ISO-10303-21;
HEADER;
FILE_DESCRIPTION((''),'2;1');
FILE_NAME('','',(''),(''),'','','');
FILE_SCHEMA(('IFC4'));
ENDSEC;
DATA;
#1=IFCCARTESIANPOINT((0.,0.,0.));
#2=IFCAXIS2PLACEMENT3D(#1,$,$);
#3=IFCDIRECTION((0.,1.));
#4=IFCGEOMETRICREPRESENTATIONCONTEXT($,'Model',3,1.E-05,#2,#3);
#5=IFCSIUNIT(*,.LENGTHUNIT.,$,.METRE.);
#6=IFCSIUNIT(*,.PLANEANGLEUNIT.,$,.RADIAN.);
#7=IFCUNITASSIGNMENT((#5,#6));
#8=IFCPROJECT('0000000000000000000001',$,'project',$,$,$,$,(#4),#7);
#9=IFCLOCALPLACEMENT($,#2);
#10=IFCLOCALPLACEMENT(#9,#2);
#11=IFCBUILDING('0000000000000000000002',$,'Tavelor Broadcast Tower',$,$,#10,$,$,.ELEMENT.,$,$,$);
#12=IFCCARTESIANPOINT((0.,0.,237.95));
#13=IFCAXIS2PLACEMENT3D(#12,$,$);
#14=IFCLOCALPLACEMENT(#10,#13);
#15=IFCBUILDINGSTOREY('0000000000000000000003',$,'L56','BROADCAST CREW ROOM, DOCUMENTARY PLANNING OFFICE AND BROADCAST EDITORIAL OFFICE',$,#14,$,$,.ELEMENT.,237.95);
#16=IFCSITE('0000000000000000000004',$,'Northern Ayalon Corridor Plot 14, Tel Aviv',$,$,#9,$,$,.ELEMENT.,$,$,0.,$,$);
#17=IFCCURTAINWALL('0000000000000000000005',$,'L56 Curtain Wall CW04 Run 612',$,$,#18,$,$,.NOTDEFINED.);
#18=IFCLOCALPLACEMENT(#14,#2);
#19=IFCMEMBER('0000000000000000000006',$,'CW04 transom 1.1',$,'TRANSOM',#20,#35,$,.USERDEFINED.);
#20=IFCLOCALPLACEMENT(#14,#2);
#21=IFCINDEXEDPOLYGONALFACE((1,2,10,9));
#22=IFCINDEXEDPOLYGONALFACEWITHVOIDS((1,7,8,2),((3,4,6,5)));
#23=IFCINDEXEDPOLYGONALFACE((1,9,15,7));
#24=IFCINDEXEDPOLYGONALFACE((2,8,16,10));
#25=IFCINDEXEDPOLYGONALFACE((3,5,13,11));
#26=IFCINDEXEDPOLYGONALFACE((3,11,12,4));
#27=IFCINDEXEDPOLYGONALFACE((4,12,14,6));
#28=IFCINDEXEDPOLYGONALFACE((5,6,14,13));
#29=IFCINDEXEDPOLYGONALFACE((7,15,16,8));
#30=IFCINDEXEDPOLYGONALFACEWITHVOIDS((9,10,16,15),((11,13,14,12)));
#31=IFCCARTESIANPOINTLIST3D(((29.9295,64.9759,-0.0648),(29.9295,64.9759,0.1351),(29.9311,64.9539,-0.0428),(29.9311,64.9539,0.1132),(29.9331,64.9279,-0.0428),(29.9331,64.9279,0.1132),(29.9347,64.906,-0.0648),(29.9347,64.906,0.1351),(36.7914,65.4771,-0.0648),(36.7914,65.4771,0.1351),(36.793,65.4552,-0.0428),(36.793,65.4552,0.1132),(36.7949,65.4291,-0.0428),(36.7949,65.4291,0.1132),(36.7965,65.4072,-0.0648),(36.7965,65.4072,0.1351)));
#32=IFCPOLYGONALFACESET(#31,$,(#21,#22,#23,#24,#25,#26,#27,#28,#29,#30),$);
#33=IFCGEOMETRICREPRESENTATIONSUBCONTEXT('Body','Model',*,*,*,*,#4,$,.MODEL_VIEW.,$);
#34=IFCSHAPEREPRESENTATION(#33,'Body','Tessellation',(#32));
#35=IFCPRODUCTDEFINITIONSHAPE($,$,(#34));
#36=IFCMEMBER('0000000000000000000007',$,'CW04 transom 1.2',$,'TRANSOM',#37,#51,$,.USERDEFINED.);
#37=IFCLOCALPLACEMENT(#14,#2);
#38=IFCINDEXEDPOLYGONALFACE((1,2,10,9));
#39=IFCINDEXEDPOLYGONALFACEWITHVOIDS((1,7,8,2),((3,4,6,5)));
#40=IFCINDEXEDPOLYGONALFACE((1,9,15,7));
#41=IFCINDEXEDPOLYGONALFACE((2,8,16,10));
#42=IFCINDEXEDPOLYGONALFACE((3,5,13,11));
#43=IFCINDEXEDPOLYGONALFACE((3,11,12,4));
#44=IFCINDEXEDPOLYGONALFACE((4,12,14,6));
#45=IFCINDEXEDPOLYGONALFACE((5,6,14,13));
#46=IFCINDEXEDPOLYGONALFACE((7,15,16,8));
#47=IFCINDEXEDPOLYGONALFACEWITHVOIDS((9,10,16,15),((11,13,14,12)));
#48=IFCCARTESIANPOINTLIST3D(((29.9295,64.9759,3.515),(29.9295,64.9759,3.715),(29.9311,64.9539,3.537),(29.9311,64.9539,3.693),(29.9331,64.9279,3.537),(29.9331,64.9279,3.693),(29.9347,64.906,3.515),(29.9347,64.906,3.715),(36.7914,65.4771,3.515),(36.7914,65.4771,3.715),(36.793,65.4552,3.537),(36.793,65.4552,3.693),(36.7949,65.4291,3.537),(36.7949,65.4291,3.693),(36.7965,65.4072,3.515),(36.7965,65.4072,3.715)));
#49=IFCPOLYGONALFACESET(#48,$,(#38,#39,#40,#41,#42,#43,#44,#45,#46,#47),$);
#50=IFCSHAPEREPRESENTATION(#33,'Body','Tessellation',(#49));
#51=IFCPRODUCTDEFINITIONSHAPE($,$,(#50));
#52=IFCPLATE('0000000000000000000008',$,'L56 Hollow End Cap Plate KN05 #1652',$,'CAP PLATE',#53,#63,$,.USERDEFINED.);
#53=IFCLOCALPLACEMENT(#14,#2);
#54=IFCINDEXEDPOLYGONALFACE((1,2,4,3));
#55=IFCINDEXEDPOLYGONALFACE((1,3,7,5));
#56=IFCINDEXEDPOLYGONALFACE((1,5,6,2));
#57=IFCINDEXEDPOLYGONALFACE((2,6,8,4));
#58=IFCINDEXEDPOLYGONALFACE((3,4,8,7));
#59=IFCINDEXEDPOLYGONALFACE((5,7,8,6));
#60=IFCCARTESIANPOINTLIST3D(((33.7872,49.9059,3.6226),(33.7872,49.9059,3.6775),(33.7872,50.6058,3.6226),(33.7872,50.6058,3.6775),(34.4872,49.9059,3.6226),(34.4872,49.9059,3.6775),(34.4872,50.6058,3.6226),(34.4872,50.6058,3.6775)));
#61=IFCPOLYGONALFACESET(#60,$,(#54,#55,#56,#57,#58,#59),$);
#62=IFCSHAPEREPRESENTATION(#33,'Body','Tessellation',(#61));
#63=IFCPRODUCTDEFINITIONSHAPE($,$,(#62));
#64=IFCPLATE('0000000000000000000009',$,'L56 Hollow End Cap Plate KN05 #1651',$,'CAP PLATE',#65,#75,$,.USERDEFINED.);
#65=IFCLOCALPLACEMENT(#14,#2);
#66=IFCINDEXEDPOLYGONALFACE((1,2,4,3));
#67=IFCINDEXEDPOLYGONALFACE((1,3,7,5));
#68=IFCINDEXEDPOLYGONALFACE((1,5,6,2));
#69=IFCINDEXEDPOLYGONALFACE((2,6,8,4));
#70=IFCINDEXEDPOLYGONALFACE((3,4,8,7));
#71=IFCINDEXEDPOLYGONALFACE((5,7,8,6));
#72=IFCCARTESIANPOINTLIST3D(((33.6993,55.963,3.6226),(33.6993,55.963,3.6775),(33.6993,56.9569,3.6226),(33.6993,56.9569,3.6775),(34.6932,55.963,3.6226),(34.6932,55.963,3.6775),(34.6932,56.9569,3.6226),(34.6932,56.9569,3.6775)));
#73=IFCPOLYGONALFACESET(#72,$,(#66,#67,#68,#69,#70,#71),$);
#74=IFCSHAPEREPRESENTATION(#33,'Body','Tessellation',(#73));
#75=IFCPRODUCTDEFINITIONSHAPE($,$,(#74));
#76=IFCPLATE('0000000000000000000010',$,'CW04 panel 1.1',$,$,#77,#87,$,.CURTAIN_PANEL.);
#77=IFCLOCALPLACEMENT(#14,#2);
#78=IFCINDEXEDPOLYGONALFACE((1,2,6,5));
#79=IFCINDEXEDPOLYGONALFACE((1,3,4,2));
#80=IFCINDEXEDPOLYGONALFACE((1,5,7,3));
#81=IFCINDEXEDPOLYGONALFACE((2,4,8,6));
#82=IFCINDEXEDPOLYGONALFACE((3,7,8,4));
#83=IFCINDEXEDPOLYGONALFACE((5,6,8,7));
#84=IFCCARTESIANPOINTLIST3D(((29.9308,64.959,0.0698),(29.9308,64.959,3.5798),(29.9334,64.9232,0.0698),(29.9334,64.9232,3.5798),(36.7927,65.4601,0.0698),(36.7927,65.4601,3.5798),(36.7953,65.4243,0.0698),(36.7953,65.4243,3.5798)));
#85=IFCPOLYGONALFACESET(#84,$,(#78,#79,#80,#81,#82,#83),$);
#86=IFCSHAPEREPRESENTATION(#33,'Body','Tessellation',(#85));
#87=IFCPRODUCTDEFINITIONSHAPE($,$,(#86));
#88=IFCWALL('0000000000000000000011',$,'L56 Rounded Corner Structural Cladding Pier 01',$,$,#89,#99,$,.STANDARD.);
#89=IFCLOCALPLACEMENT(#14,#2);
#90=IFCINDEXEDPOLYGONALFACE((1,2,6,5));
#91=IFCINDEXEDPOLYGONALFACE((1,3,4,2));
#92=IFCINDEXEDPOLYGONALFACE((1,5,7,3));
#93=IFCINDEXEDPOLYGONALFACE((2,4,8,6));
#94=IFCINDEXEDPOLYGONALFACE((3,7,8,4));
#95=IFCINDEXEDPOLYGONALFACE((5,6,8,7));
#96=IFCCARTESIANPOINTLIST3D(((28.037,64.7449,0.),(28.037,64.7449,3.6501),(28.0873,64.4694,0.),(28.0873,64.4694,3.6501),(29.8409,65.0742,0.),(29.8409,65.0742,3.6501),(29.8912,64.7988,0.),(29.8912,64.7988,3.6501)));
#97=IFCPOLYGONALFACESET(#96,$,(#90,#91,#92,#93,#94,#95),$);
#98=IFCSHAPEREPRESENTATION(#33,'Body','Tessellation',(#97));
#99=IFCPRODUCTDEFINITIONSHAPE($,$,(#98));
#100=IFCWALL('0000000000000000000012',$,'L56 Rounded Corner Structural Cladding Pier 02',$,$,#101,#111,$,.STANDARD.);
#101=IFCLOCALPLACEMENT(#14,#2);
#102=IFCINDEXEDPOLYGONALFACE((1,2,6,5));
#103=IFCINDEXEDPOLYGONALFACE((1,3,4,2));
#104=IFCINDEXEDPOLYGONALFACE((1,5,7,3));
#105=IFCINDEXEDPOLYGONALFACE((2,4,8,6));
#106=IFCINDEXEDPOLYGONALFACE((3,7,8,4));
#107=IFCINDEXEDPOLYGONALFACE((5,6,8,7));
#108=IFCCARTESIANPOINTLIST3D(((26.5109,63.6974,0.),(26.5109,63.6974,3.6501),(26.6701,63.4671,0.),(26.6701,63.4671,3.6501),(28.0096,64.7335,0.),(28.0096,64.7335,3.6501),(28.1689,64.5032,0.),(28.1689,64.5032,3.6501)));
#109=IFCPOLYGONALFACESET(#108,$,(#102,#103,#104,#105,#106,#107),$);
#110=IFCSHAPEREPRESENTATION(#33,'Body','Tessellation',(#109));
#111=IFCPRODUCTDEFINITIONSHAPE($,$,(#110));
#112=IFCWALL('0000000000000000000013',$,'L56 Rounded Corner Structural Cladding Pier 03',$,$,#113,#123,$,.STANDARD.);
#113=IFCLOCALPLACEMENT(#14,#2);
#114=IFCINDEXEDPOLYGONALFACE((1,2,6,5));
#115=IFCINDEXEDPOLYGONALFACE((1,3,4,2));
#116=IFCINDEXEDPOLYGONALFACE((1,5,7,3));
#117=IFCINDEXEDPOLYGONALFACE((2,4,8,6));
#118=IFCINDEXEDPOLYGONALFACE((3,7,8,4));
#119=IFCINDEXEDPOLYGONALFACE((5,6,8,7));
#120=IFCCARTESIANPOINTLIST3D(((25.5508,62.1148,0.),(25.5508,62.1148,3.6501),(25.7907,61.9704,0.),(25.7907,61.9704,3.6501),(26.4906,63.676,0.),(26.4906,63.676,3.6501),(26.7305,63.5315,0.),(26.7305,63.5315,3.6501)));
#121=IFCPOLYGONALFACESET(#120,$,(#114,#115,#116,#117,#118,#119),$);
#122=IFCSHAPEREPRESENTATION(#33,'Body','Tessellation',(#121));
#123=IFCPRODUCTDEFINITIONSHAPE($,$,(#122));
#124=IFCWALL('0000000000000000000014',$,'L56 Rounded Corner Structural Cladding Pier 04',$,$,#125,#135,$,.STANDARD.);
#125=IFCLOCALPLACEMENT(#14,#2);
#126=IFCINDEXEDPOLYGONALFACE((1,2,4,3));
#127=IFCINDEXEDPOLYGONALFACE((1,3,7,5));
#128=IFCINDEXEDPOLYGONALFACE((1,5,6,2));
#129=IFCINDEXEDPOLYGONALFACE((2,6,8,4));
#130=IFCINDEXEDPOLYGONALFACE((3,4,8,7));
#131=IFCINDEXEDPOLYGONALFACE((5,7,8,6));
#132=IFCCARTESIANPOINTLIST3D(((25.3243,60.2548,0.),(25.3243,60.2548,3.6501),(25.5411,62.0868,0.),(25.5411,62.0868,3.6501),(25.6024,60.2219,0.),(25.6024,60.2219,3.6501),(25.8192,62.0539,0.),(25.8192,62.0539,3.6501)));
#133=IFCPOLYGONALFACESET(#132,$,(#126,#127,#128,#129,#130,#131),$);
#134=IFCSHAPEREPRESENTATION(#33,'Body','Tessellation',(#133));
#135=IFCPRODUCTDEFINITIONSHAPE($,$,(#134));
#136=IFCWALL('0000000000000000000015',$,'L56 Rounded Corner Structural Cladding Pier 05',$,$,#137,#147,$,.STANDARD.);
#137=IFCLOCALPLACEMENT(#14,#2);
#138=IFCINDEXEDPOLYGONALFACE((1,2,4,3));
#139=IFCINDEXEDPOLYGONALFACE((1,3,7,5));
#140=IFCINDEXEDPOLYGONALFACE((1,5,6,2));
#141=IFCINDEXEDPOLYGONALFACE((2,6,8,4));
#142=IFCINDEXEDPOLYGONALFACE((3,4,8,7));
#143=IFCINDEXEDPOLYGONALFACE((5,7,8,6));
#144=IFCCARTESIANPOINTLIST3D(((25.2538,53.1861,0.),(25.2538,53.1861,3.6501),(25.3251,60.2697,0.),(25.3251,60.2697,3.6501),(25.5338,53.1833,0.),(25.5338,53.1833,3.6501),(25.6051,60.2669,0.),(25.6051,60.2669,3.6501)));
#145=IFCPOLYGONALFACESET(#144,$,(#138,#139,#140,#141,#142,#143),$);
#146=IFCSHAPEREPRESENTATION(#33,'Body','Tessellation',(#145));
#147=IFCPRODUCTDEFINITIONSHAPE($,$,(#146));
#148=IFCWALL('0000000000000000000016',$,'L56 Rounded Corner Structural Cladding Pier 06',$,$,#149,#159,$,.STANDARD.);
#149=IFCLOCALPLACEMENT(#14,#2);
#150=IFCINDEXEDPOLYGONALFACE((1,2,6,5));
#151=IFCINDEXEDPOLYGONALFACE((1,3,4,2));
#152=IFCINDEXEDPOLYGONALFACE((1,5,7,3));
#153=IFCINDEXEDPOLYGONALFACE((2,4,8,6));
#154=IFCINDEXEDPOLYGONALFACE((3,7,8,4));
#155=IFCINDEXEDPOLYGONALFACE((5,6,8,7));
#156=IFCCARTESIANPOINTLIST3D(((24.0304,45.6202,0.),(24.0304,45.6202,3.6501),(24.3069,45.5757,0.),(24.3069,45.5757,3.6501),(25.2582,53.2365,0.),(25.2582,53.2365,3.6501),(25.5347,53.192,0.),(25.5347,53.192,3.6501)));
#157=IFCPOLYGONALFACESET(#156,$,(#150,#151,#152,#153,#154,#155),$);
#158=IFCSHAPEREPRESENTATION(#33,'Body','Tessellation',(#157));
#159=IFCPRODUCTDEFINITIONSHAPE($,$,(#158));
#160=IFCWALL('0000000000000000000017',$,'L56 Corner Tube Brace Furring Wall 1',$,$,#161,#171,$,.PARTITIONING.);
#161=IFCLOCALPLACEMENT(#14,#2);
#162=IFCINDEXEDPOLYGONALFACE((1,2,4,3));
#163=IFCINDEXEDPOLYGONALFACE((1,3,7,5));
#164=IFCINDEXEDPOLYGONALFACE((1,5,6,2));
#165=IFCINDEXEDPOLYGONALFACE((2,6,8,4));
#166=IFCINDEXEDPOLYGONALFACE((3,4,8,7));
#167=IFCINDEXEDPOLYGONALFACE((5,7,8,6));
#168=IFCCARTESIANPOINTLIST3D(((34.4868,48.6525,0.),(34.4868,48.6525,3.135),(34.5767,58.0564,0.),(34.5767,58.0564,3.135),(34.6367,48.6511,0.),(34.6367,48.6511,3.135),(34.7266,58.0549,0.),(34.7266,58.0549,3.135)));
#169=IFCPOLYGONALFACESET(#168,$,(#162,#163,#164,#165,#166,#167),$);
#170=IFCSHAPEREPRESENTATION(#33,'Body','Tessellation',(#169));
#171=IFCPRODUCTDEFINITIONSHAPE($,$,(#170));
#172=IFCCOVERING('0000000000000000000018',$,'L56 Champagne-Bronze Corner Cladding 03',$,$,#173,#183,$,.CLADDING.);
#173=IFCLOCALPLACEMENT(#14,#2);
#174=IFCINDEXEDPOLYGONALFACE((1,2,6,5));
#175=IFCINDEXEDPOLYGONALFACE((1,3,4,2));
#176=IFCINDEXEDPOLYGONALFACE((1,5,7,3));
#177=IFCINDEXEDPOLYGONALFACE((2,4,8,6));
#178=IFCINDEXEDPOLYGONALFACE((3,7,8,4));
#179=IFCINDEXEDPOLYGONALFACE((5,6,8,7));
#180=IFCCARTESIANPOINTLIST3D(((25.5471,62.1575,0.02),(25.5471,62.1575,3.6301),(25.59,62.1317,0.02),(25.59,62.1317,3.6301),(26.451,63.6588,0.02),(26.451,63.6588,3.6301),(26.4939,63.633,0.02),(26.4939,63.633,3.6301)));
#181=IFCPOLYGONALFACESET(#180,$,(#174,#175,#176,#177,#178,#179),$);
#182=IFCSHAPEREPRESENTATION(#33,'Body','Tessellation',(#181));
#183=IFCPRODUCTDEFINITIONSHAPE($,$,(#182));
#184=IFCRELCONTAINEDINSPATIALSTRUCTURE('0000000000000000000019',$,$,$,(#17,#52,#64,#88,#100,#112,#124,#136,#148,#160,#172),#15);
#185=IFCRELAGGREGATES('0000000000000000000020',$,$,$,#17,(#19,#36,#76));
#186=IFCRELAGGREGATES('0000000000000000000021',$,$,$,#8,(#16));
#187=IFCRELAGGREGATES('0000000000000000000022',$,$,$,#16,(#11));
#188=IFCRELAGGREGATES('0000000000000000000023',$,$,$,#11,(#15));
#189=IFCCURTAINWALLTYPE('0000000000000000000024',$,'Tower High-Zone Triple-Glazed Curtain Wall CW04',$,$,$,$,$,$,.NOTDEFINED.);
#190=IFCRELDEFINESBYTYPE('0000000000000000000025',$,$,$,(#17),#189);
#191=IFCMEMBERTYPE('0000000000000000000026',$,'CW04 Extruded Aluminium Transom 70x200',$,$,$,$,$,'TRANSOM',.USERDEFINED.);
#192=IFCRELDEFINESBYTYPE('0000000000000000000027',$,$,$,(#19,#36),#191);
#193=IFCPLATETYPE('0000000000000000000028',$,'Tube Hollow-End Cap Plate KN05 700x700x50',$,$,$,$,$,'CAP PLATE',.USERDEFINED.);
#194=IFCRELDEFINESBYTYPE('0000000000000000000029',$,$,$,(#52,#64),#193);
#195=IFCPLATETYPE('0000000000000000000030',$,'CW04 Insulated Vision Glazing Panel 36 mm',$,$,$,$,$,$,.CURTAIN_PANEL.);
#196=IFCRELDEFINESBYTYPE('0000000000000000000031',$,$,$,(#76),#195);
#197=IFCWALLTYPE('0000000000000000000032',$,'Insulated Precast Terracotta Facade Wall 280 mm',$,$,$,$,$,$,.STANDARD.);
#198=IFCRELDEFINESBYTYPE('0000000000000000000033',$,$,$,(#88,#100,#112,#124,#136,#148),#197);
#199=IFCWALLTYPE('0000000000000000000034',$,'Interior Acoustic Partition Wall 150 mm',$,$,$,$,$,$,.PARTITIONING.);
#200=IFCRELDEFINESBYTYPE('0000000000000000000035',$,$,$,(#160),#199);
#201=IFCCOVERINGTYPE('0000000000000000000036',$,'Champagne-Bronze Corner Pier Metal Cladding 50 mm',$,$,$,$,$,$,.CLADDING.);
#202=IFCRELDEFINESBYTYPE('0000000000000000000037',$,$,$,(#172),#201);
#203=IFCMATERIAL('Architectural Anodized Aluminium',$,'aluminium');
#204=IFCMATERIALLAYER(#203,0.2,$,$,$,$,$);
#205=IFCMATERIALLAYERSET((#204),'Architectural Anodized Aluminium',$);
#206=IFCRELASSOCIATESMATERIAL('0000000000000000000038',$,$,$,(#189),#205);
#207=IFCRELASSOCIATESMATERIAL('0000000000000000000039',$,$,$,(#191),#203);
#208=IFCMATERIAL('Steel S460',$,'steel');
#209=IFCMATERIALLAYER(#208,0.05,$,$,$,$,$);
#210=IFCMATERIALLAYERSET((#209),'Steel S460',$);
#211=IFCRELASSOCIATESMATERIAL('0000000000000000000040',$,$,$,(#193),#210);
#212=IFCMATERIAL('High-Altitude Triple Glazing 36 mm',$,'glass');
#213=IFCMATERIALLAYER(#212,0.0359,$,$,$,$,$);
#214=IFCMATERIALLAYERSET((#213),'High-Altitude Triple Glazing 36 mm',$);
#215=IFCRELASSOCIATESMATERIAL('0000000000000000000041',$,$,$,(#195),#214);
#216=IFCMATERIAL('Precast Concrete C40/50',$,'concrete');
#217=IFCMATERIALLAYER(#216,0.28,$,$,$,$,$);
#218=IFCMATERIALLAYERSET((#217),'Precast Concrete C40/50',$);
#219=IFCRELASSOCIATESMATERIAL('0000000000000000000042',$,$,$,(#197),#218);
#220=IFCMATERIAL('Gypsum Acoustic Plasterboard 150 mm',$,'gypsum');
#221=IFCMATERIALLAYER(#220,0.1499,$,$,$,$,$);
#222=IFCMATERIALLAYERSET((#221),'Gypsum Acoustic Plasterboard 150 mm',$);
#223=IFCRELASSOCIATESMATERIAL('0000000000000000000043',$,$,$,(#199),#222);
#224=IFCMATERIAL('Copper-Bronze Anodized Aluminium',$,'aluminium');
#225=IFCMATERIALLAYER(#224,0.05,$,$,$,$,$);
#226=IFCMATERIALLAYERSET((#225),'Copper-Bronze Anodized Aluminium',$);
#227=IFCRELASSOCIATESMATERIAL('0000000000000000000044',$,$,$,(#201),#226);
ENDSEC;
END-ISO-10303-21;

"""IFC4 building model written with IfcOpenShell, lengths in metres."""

from ifc_helpers import new_model, si_unit, direction, frame, frame_2d, origin, origin_2d, place, context, subcontext, project, spatial, rectangle, hollow_rectangle, extrude, source, transform, mapped, material, layer, layer_set, material_profile, profile_set, type_object, type_shapes, element, aggregate, save


model = new_model("IFC4")

# Units and contexts
model_context = context("Model", 3, precision=1e-05, world=origin(), true_north=direction((0.0, 1.0)))
body_context = subcontext(model_context, "Body", "Model", "MODEL_VIEW")
ifc_project = project(units=[si_unit("LENGTHUNIT", "METRE"), si_unit("PLANEANGLEUNIT", "RADIAN")], contexts=[model_context])

# Site, building, storey
site_placement = place(None, origin())
site = spatial("IfcSite", under=ifc_project, at=site_placement, Name="Northern Ayalon Corridor Plot 14, Tel Aviv", CompositionType="ELEMENT", RefElevation=0.0)
building_placement = place(site_placement, origin())
building = spatial("IfcBuilding", under=site, at=building_placement, Name="Tavelor Broadcast Tower", CompositionType="ELEMENT")
storey_placement = place(building_placement, frame((0.0, 0.0, 237.95)))
storey = spatial("IfcBuildingStorey", under=building, at=storey_placement, Name="L56", Description="BROADCAST CREW ROOM, DOCUMENTARY PLANNING OFFICE AND BROADCAST EDITORIAL OFFICE", CompositionType="ELEMENT", Elevation=237.95)

# Shared definitions
ifc_material_1 = material(Name="Steel S460", Category="steel")

# Curtain wall, members
ifc_material_2 = material(Name="Architectural Anodized Aluminium", Category="aluminium")
ifc_layer_1 = layer(ifc_material_2, 0.2)
ifc_layer_set_1 = layer_set([ifc_layer_1], Name="Architectural Anodized Aluminium")
curtain_wall_type = type_object("IfcCurtainWallType", Name="Tower High-Zone Triple-Glazed Curtain Wall CW04", PredefinedType="NOTDEFINED", material=ifc_layer_set_1)
curtain_wall_placement = place(storey_placement, origin())
curtain_wall = element("IfcCurtainWall", 1, at=curtain_wall_placement, inside=storey, type_object=curtain_wall_type, Name="L56 Curtain Wall CW04 Run 612", PredefinedType="NOTDEFINED")
ifc_material_profile_1 = material_profile(ifc_material_2, hollow_rectangle(XDim=0.0701, YDim=0.2, WallThickness=0.022, at=origin_2d()), Name="RHS 70x200x22")
ifc_profile_set_1 = profile_set([ifc_material_profile_1], Name="Architectural Anodized Aluminium")
member_type_1 = type_object("IfcMemberType", Name="CW04 Extruded Aluminium Transom 70x200", ElementType="TRANSOM", PredefinedType="USERDEFINED", material=ifc_profile_set_1)
shared_shape_1 = source(origin(), body_context, "Body", "SweptSolid", [
    extrude(hollow_rectangle(XDim=0.0701, YDim=0.2, WallThickness=0.022, at=origin_2d()), origin(), (0.0, 0.0, 1.0), 6.8801),
])
type_shapes(member_type_1, [shared_shape_1])
member_1_placement = place(storey_placement, frame((36.7939, 65.4421, 0.0352), z_axis=(-0.997343, -0.072851, 0.0), x_axis=(0.072851, -0.997343, 0.0)))
member_1 = element("IfcMember", 2, at=member_1_placement, type_object=member_type_1, Name="CW04 transom 1.1", ObjectType="TRANSOM", PredefinedType="USERDEFINED", context=body_context, shape_type="MappedRepresentation", body=[
    mapped(shared_shape_1, transform((0.0, 0.0, 0.0), scale=1.0)),
])
member_2_placement = place(storey_placement, frame((36.7939, 65.4421, 3.615), z_axis=(-0.997343, -0.072851, 0.0), x_axis=(0.072851, -0.997343, 0.0)))
member_2 = element("IfcMember", 3, at=member_2_placement, type_object=member_type_1, Name="CW04 transom 1.2", ObjectType="TRANSOM", PredefinedType="USERDEFINED", context=body_context, shape_type="MappedRepresentation", body=[
    mapped(shared_shape_1, transform((0.0, 0.0, 0.0), scale=1.0)),
])

# Plates
ifc_layer_2 = layer(ifc_material_1, 0.05)
ifc_layer_set_2 = layer_set([ifc_layer_2], Name="Steel S460")
plate_type_1 = type_object("IfcPlateType", Name="Tube Hollow-End Cap Plate KN05 700x700x50", ElementType="CAP PLATE", PredefinedType="USERDEFINED", material=ifc_layer_set_2)
shared_shape_2 = source(origin(), body_context, "Body", "SweptSolid", [
    extrude(rectangle(XDim=0.7, YDim=0.7, at=origin_2d()), origin(), (0.0, 0.0, 1.0), 0.0549),
])
plate_1_placement = place(storey_placement, frame((34.1372, 50.2559, 3.6226), z_axis=(0.0, 0.0, 1.0), x_axis=(1.0, 0.0, 0.0)))
element("IfcPlate", 4, at=plate_1_placement, inside=storey, type_object=plate_type_1, Name="L56 Hollow End Cap Plate KN05 #1652", ObjectType="CAP PLATE", PredefinedType="USERDEFINED", context=body_context, shape_type="MappedRepresentation", body=[
    mapped(shared_shape_2, transform((0.0, 0.0, 0.0), scale=1.0)),
])
shared_shape_3 = source(origin(), body_context, "Body", "SweptSolid", [
    extrude(rectangle(XDim=0.9939, YDim=0.9939, at=origin_2d()), origin(), (0.0, 0.0, 1.0), 0.0549),
])
type_shapes(plate_type_1, [shared_shape_2, shared_shape_3])
plate_2_placement = place(storey_placement, frame((34.1963, 56.46, 3.6226), z_axis=(0.0, 0.0, 1.0), x_axis=(1.0, 0.0, 0.0)))
element("IfcPlate", 5, at=plate_2_placement, inside=storey, type_object=plate_type_1, Name="L56 Hollow End Cap Plate KN05 #1651", ObjectType="CAP PLATE", PredefinedType="USERDEFINED", context=body_context, shape_type="MappedRepresentation", body=[
    mapped(shared_shape_3, transform((0.0, 0.0, 0.0), scale=1.0)),
])

# Plate
ifc_material_3 = material(Name="High-Altitude Triple Glazing 36 mm", Category="glass")
ifc_layer_3 = layer(ifc_material_3, 0.0359)
ifc_layer_set_3 = layer_set([ifc_layer_3], Name="High-Altitude Triple Glazing 36 mm")
plate_type_2 = type_object("IfcPlateType", Name="CW04 Insulated Vision Glazing Panel 36 mm", PredefinedType="CURTAIN_PANEL", material=ifc_layer_set_3)
shared_shape_4 = source(origin(), body_context, "Body", "SweptSolid", [
    extrude(rectangle(XDim=6.8801, YDim=0.0359, at=origin_2d()), origin(), (0.0, 0.0, 1.0), 3.51),
])
type_shapes(plate_type_2, [shared_shape_4])
plate_3_placement = place(storey_placement, frame((33.363, 65.1917, 0.0698), z_axis=(0.0, 0.0, 1.0), x_axis=(-0.997344, -0.072833, 0.0)))
plate_3 = element("IfcPlate", 6, at=plate_3_placement, type_object=plate_type_2, Name="CW04 panel 1.1", PredefinedType="CURTAIN_PANEL", context=body_context, shape_type="MappedRepresentation", body=[
    mapped(shared_shape_4, transform((0.0, 0.0, 0.0), scale=1.0)),
])
aggregate(curtain_wall, [member_1, member_2, plate_3])

# Walls
ifc_material_4 = material(Name="Precast Concrete C40/50", Category="concrete")
ifc_layer_4 = layer(ifc_material_4, 0.28)
ifc_layer_set_4 = layer_set([ifc_layer_4], Name="Precast Concrete C40/50")
wall_type_1 = type_object("IfcWallType", Name="Insulated Precast Terracotta Facade Wall 280 mm", PredefinedType="STANDARD", material=ifc_layer_set_4)
wall_1_placement = place(storey_placement, frame((29.8662, 64.9365, 0.0), z_axis=(0.0, 0.0, 1.0), x_axis=(-0.98374, -0.1796, 0.0)))
element("IfcWall", 7, at=wall_1_placement, inside=storey, type_object=wall_type_1, Name="L56 Rounded Corner Structural Cladding Pier 01", PredefinedType="STANDARD", context=body_context, shape_type="SweptSolid", body=[
    extrude(rectangle(XDim=1.8337, YDim=0.28, at=frame_2d((0.917, 0.0))), origin(), (0.0, 0.0, 1.0), 3.6501),
])
wall_2_placement = place(storey_placement, frame((28.0894, 64.6184, 0.0), z_axis=(0.0, 0.0, 1.0), x_axis=(-0.822573, -0.568659, 0.0)))
element("IfcWall", 8, at=wall_2_placement, inside=storey, type_object=wall_type_1, Name="L56 Rounded Corner Structural Cladding Pier 02", PredefinedType="STANDARD", context=body_context, shape_type="SweptSolid", body=[
    extrude(rectangle(XDim=1.822, YDim=0.28, at=frame_2d((0.9111, 0.0))), origin(), (0.0, 0.0, 1.0), 3.6501),
])
wall_3_placement = place(storey_placement, frame((26.6106, 63.6038, 0.0), z_axis=(0.0, 0.0, 1.0), x_axis=(-0.515776, -0.856724, 0.0)))
element("IfcWall", 9, at=wall_3_placement, inside=storey, type_object=wall_type_1, Name="L56 Rounded Corner Structural Cladding Pier 03", PredefinedType="STANDARD", context=body_context, shape_type="SweptSolid", body=[
    extrude(rectangle(XDim=1.8223, YDim=0.28, at=frame_2d((0.9111, 0.0))), origin(), (0.0, 0.0, 1.0), 3.6501),
])
wall_4_placement = place(storey_placement, frame((25.6802, 62.0703, 0.0), z_axis=(0.0, 0.0, 1.0), x_axis=(-0.117517, -0.993071, 0.0)))
element("IfcWall", 10, at=wall_4_placement, inside=storey, type_object=wall_type_1, Name="L56 Rounded Corner Structural Cladding Pier 04", PredefinedType="STANDARD", context=body_context, shape_type="SweptSolid", body=[
    extrude(rectangle(XDim=1.8447, YDim=0.28, at=frame_2d((0.9224, 0.0))), origin(), (0.0, 0.0, 1.0), 3.6501),
])
wall_5_placement = place(storey_placement, frame((25.4651, 60.2683, 0.0), z_axis=(0.0, 0.0, 1.0), x_axis=(-0.010063, -0.999949, 0.0)))
element("IfcWall", 11, at=wall_5_placement, inside=storey, type_object=wall_type_1, Name="L56 Rounded Corner Structural Cladding Pier 05", PredefinedType="STANDARD", context=body_context, shape_type="SweptSolid", body=[
    extrude(rectangle(XDim=7.084, YDim=0.28, at=frame_2d((3.542, 0.0))), origin(), (0.0, 0.0, 1.0), 3.6501),
])
wall_6_placement = place(storey_placement, frame((25.3965, 53.2144, 0.0), z_axis=(0.0, 0.0, 1.0), x_axis=(-0.159152, -0.987254, 0.0)))
element("IfcWall", 12, at=wall_6_placement, inside=storey, type_object=wall_type_1, Name="L56 Rounded Corner Structural Cladding Pier 06", PredefinedType="STANDARD", context=body_context, shape_type="SweptSolid", body=[
    extrude(rectangle(XDim=7.7146, YDim=0.28, at=frame_2d((3.8574, 0.0))), origin(), (0.0, 0.0, 1.0), 3.6501),
])
ifc_material_5 = material(Name="Gypsum Acoustic Plasterboard 150 mm", Category="gypsum")
ifc_layer_5 = layer(ifc_material_5, 0.1499)
ifc_layer_set_5 = layer_set([ifc_layer_5], Name="Gypsum Acoustic Plasterboard 150 mm")
wall_type_2 = type_object("IfcWallType", Name="Interior Acoustic Partition Wall 150 mm", PredefinedType="PARTITIONING", material=ifc_layer_set_5)
wall_7_placement = place(storey_placement, frame((34.6516, 58.0557, 0.0), z_axis=(0.0, 0.0, 1.0), x_axis=(-0.009554, -0.999954, 0.0)))
element("IfcWall", 13, at=wall_7_placement, inside=storey, type_object=wall_type_2, Name="L56 Corner Tube Brace Furring Wall 1", PredefinedType="PARTITIONING", context=body_context, shape_type="SweptSolid", body=[
    extrude(rectangle(XDim=9.4043, YDim=0.1499, at=frame_2d((4.7021, 0.0))), origin(), (0.0, 0.0, 1.0), 3.135),
])

# Covering
ifc_material_6 = material(Name="Copper-Bronze Anodized Aluminium", Category="aluminium")
ifc_layer_6 = layer(ifc_material_6, 0.05)
ifc_layer_set_6 = layer_set([ifc_layer_6], Name="Copper-Bronze Anodized Aluminium")
covering_type = type_object("IfcCoveringType", Name="Champagne-Bronze Corner Pier Metal Cladding 50 mm", PredefinedType="CLADDING", material=ifc_layer_set_6)
covering_placement = place(storey_placement, frame((26.0205, 62.8953, 0.02), z_axis=(0.0, 0.0, 1.0), x_axis=(-0.515786, -0.856718, 0.0)))
element("IfcCovering", 14, at=covering_placement, inside=storey, type_object=covering_type, Name="L56 Champagne-Bronze Corner Cladding 03", PredefinedType="CLADDING", context=body_context, shape_type="SweptSolid", body=[
    extrude(rectangle(XDim=1.7524, YDim=0.05, at=origin_2d()), origin(), (0.0, 0.0, 1.0), 3.6101),
])

save(model, "model.ifc")
